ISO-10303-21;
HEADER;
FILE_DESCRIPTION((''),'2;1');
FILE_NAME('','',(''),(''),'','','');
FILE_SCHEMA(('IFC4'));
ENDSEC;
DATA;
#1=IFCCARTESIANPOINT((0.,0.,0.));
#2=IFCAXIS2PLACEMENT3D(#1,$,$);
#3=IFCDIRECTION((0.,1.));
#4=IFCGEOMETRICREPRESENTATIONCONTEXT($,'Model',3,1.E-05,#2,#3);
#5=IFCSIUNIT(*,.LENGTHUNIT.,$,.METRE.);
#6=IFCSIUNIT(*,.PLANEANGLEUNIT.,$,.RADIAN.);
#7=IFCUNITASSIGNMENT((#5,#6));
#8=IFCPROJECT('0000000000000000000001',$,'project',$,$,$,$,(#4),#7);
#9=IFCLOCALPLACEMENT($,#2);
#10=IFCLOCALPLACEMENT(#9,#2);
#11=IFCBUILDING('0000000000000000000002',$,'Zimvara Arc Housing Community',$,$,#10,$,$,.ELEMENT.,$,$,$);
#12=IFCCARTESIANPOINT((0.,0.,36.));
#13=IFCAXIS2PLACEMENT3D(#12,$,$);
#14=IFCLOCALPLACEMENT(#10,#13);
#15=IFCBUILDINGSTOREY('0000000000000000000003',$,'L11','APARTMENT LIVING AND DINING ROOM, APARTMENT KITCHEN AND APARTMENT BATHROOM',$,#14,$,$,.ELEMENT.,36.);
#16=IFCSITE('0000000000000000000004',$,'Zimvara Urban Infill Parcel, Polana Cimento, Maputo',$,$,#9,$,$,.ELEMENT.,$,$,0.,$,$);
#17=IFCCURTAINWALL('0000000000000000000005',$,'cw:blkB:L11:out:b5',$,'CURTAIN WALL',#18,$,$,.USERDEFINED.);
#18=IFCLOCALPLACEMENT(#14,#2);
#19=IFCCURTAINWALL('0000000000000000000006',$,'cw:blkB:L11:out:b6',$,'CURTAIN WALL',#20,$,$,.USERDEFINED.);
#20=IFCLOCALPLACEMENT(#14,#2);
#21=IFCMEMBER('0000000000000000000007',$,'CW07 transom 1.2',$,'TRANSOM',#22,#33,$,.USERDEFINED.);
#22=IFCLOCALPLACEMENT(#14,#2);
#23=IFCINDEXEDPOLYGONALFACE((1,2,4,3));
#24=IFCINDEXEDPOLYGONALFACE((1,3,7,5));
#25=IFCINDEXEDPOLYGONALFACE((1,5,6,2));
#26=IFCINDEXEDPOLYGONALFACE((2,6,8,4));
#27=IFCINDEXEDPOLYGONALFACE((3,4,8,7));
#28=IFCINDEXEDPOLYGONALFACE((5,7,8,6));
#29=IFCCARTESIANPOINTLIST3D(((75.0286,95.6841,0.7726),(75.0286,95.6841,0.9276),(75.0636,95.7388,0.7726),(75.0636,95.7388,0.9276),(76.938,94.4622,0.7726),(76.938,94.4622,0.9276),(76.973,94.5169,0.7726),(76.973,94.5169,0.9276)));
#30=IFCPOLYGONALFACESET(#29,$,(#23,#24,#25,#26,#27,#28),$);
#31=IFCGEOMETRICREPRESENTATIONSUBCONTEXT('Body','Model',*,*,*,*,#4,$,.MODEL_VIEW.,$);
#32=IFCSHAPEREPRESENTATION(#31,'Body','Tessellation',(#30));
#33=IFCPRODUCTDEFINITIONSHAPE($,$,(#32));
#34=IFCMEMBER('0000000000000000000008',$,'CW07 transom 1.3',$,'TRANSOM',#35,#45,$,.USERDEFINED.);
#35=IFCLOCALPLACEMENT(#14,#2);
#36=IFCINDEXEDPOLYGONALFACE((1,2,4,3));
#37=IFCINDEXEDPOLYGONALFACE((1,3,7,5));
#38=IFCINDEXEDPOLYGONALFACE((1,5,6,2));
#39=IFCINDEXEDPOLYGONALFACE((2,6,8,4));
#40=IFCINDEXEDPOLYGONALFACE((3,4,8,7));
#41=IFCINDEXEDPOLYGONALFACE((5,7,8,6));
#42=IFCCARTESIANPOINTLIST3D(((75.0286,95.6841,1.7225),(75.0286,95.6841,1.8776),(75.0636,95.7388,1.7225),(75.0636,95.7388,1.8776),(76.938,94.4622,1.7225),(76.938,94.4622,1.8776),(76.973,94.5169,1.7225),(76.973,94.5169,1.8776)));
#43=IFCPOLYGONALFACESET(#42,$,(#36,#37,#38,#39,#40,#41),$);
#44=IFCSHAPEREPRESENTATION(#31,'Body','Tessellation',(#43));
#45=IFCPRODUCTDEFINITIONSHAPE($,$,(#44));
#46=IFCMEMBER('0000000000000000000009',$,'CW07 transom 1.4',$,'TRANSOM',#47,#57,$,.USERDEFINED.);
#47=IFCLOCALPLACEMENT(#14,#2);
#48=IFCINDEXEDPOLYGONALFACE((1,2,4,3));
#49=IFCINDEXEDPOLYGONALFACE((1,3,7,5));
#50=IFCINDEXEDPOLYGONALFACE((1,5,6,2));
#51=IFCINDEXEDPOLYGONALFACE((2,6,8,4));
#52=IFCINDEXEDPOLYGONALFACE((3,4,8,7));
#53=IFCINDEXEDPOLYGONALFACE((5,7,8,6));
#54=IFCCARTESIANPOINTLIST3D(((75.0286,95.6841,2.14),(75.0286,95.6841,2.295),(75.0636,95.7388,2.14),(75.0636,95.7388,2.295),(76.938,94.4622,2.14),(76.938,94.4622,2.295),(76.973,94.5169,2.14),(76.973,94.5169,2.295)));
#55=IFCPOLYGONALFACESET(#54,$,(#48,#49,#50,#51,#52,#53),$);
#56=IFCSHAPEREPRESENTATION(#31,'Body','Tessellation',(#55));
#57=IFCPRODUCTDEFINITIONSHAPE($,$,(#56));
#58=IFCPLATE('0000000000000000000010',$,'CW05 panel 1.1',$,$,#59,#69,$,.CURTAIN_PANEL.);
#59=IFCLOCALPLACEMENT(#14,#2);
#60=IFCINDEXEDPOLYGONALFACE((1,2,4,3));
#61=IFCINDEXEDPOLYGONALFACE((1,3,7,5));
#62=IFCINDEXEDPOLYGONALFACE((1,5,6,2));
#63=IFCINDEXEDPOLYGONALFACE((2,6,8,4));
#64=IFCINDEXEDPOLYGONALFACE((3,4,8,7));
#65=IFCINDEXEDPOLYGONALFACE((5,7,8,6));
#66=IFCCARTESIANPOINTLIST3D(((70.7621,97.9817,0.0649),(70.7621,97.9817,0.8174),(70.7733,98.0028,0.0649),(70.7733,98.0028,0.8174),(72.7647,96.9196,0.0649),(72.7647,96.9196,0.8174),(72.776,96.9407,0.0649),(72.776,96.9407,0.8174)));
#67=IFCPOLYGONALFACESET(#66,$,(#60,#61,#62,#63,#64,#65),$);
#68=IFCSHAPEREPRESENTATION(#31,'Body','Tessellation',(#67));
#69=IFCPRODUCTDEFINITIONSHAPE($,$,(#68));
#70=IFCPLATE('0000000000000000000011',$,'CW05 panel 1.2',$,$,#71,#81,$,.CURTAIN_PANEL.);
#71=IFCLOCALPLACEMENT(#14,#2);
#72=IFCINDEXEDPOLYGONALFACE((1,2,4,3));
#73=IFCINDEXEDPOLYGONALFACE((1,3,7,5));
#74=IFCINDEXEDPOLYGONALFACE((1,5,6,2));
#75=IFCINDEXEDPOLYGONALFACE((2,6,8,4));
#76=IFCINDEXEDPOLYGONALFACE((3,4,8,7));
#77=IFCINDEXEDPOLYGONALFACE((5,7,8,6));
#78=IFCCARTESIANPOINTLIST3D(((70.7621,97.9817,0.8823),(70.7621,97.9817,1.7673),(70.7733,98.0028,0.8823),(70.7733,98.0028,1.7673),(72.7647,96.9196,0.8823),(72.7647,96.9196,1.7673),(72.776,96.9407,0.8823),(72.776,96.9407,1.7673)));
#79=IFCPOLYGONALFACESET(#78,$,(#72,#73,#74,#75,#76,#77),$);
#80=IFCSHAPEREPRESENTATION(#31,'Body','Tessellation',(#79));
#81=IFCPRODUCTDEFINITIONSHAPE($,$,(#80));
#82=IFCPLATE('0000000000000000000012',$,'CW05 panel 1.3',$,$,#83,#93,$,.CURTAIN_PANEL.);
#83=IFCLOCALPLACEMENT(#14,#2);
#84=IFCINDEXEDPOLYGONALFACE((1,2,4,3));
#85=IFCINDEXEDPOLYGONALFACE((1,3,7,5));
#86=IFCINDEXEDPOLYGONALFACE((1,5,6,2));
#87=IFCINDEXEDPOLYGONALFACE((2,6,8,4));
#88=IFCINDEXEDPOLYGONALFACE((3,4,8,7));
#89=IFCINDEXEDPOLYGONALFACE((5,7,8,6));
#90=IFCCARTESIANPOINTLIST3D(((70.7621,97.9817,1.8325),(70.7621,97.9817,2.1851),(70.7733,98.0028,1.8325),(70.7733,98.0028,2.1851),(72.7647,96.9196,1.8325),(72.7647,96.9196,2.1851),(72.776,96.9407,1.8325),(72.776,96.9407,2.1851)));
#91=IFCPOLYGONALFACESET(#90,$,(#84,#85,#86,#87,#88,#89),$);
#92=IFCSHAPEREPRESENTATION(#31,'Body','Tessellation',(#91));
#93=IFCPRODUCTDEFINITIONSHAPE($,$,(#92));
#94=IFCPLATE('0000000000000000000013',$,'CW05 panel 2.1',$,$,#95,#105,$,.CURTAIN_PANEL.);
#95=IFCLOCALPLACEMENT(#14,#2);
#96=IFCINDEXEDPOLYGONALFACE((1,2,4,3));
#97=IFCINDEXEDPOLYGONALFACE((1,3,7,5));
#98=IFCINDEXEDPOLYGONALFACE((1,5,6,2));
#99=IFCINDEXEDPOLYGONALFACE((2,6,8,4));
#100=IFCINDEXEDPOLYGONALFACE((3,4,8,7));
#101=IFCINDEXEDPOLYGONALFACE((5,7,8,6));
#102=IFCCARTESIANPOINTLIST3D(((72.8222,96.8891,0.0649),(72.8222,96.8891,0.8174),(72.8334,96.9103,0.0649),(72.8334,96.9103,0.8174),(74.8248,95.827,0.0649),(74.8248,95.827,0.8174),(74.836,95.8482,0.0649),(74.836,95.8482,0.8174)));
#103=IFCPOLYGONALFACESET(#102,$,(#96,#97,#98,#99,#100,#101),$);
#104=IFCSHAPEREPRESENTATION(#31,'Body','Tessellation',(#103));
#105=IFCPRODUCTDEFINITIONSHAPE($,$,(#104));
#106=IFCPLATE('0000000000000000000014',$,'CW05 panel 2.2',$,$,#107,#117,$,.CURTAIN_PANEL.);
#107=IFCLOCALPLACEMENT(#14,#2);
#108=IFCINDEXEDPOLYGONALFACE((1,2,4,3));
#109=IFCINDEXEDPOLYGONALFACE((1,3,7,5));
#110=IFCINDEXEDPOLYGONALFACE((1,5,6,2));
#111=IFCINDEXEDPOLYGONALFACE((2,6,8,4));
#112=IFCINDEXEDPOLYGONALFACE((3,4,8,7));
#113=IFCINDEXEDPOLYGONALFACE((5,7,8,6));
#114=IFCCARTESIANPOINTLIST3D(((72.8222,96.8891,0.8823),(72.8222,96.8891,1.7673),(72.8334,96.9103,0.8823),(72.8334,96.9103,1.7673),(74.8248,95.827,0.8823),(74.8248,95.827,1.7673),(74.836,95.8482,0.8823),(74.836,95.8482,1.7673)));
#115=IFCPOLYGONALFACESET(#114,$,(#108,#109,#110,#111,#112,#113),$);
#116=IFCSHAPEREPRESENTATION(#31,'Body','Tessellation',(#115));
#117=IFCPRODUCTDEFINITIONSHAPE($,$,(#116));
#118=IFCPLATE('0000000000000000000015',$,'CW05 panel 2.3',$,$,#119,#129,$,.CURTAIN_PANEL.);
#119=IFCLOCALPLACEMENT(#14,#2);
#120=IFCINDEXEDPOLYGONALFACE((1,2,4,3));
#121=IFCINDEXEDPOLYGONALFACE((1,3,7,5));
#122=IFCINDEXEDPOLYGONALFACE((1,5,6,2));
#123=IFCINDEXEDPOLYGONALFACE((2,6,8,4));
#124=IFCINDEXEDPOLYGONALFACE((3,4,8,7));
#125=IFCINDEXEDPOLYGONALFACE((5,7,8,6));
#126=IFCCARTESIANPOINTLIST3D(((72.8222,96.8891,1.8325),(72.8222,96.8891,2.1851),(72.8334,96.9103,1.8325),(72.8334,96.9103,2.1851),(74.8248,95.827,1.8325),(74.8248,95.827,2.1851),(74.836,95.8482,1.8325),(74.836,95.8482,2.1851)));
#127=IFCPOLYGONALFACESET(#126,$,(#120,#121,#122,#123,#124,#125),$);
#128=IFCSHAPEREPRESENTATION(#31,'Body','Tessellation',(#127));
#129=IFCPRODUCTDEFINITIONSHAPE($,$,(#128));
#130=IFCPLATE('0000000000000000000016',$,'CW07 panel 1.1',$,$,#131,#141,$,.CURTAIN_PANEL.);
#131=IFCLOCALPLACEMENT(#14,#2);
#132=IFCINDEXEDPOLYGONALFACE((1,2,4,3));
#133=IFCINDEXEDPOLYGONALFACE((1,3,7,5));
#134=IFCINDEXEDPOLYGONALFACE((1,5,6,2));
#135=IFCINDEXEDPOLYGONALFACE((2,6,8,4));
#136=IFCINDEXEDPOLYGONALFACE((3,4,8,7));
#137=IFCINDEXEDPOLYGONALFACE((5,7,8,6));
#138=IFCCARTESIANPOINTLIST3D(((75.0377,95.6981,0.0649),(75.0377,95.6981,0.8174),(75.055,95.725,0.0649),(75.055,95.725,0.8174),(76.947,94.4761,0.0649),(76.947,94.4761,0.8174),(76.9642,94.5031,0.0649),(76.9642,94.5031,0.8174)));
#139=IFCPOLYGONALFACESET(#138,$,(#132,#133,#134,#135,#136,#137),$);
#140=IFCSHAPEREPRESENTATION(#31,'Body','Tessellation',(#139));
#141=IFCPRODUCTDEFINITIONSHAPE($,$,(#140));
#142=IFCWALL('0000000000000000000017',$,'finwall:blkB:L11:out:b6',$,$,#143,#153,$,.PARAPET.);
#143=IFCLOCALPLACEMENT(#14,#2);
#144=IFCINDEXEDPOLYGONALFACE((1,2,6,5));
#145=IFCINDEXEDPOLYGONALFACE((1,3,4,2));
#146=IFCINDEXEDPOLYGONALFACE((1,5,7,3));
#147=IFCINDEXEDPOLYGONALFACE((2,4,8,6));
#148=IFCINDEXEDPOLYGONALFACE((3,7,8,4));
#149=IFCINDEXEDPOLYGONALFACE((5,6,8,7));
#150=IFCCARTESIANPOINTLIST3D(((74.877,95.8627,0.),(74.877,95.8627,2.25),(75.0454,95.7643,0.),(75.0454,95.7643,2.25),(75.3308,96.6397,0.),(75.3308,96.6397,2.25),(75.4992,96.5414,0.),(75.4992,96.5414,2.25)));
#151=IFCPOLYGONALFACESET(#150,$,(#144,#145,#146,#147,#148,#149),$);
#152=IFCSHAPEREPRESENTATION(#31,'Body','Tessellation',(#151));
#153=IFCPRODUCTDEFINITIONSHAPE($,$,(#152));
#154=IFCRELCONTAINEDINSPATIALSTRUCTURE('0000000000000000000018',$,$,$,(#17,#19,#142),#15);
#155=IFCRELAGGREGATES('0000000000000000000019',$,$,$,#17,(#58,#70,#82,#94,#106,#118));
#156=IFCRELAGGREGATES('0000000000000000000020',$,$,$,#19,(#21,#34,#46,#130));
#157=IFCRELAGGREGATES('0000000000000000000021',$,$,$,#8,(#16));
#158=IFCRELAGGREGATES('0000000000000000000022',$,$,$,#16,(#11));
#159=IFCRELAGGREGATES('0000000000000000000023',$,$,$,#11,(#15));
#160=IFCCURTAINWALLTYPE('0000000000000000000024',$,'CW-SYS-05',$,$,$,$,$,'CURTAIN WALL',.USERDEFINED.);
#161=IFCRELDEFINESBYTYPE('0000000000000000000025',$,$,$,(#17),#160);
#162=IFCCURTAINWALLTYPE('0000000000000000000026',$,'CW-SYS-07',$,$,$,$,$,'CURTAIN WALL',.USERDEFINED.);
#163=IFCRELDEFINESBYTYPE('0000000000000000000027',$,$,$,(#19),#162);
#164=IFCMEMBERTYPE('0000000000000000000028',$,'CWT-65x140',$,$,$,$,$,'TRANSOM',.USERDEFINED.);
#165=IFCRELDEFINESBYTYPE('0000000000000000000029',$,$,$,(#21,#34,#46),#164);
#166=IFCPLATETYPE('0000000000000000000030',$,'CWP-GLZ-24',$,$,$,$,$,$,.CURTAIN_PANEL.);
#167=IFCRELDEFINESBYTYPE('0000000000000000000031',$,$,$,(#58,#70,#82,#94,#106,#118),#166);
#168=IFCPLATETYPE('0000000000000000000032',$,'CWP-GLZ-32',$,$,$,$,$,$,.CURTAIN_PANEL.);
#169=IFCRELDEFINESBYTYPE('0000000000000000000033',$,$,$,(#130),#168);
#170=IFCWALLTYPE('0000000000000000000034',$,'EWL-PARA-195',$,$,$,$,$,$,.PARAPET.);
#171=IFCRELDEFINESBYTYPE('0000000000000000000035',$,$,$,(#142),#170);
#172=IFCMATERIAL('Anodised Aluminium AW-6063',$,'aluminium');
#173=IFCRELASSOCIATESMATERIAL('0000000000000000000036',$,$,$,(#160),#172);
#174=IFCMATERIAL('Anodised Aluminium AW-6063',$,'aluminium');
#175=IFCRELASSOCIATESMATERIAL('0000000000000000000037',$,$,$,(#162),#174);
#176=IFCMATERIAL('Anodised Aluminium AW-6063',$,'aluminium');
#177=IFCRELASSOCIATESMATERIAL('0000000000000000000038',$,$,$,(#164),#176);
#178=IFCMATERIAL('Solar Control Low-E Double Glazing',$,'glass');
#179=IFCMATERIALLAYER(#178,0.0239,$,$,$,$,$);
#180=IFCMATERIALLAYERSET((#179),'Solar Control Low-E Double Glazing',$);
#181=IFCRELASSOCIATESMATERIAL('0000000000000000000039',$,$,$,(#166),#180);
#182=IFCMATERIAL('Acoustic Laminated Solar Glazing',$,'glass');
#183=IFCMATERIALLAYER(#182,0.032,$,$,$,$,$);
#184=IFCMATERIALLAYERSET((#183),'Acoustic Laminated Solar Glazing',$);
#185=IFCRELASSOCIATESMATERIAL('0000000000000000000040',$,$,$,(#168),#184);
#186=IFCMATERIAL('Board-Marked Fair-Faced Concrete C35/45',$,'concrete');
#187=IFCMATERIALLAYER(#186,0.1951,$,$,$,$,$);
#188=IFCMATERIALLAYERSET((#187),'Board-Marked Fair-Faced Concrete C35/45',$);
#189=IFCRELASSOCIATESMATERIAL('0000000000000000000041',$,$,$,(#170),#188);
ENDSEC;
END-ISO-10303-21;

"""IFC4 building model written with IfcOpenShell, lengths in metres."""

from ifc_helpers import new_model, si_unit, direction, frame, frame_2d, origin, origin_2d, place, context, subcontext, project, spatial, rectangle, extrude, material, layer, layer_set, material_profile, profile_set, type_object, element, aggregate, save


model = new_model("IFC4")

# Units and contexts
model_context = context("Model", 3, precision=1e-05, world=origin(), true_north=direction((0.0, 1.0)))
body_context = subcontext(model_context, "Body", "Model", "MODEL_VIEW")
ifc_project = project(units=[si_unit("LENGTHUNIT", "METRE"), si_unit("PLANEANGLEUNIT", "RADIAN")], contexts=[model_context])

# Site, building, storey
site_placement = place(None, origin())
site = spatial("IfcSite", under=ifc_project, at=site_placement, Name="Zimvara Urban Infill Parcel, Polana Cimento, Maputo", CompositionType="ELEMENT", RefElevation=0.0)
building_placement = place(site_placement, origin())
building = spatial("IfcBuilding", under=site, at=building_placement, Name="Zimvara Arc Housing Community", CompositionType="ELEMENT")
storey_placement = place(building_placement, frame((0.0, 0.0, 36.0)))
storey = spatial("IfcBuildingStorey", under=building, at=storey_placement, Name="L11", Description="APARTMENT LIVING AND DINING ROOM, APARTMENT KITCHEN AND APARTMENT BATHROOM", CompositionType="ELEMENT", Elevation=36.0)

# Curtain wall
ifc_material_1 = material(Name="Anodised Aluminium AW-6063", Category="aluminium")
curtain_wall_type_1 = type_object("IfcCurtainWallType", Name="CW-SYS-05", ElementType="CURTAIN WALL", PredefinedType="USERDEFINED", material=ifc_material_1)
curtain_wall_1_placement = place(storey_placement, origin())
curtain_wall_1 = element("IfcCurtainWall", 1, at=curtain_wall_1_placement, inside=storey, type_object=curtain_wall_type_1, Name="cw:blkB:L11:out:b5", ObjectType="CURTAIN WALL", PredefinedType="USERDEFINED")

# Curtain wall
ifc_material_2 = material(Name="Anodised Aluminium AW-6063", Category="aluminium")
curtain_wall_type_2 = type_object("IfcCurtainWallType", Name="CW-SYS-07", ElementType="CURTAIN WALL", PredefinedType="USERDEFINED", material=ifc_material_2)
curtain_wall_2_placement = place(storey_placement, origin())
curtain_wall_2 = element("IfcCurtainWall", 2, at=curtain_wall_2_placement, inside=storey, type_object=curtain_wall_type_2, Name="cw:blkB:L11:out:b6", ObjectType="CURTAIN WALL", PredefinedType="USERDEFINED")

# Members
ifc_material_3 = material(Name="Anodised Aluminium AW-6063", Category="aluminium")
ifc_material_profile_1 = material_profile(ifc_material_3, rectangle(XDim=0.0649, YDim=0.155, at=origin_2d()), Name="ALU 65x155")
ifc_profile_set_1 = profile_set([ifc_material_profile_1], Name="Anodised Aluminium AW-6063")
member_type_1 = type_object("IfcMemberType", Name="CWT-65x140", ElementType="TRANSOM", PredefinedType="USERDEFINED", material=ifc_profile_set_1)
member_1_placement = place(storey_placement, frame((75.0461, 95.7114, 0.8501), z_axis=(0.842293, -0.53902, 0.0), x_axis=(0.53902, 0.842293, 0.0)))
member_1 = element("IfcMember", 3, at=member_1_placement, type_object=member_type_1, Name="CW07 transom 1.2", ObjectType="TRANSOM", PredefinedType="USERDEFINED", context=body_context, shape_type="SweptSolid", body=[
    extrude(rectangle(XDim=0.0649, YDim=0.155, at=origin_2d()), origin(), (0.0, 0.0, 1.0), 2.2668),
])
member_2_placement = place(storey_placement, frame((75.0461, 95.7114, 1.8), z_axis=(0.842293, -0.53902, 0.0), x_axis=(0.53902, 0.842293, 0.0)))
member_2 = element("IfcMember", 4, at=member_2_placement, type_object=member_type_1, Name="CW07 transom 1.3", ObjectType="TRANSOM", PredefinedType="USERDEFINED", context=body_context, shape_type="SweptSolid", body=[
    extrude(rectangle(XDim=0.0649, YDim=0.155, at=origin_2d()), origin(), (0.0, 0.0, 1.0), 2.2668),
])
member_3_placement = place(storey_placement, frame((75.0461, 95.7114, 2.2175), z_axis=(0.842293, -0.53902, 0.0), x_axis=(0.53902, 0.842293, 0.0)))
member_3 = element("IfcMember", 5, at=member_3_placement, type_object=member_type_1, Name="CW07 transom 1.4", ObjectType="TRANSOM", PredefinedType="USERDEFINED", context=body_context, shape_type="SweptSolid", body=[
    extrude(rectangle(XDim=0.0649, YDim=0.155, at=origin_2d()), origin(), (0.0, 0.0, 1.0), 2.2668),
])

# Plates
ifc_material_4 = material(Name="Solar Control Low-E Double Glazing", Category="glass")
ifc_layer_1 = layer(ifc_material_4, 0.0239)
ifc_layer_set_1 = layer_set([ifc_layer_1], Name="Solar Control Low-E Double Glazing")
plate_type_1 = type_object("IfcPlateType", Name="CWP-GLZ-24", PredefinedType="CURTAIN_PANEL", material=ifc_layer_set_1)
plate_1_placement = place(storey_placement, frame((71.769, 97.4612, 0.0649), z_axis=(0.0, 0.0, 1.0), x_axis=(0.883439, -0.468547, 0.0)))
plate_1 = element("IfcPlate", 6, at=plate_1_placement, type_object=plate_type_1, Name="CW05 panel 1.1", PredefinedType="CURTAIN_PANEL", context=body_context, shape_type="SweptSolid", body=[
    extrude(rectangle(XDim=2.2668, YDim=0.0239, at=origin_2d()), origin(), (0.0, 0.0, 1.0), 0.7524),
])
plate_2_placement = place(storey_placement, frame((71.769, 97.4612, 0.8823), z_axis=(0.0, 0.0, 1.0), x_axis=(0.883439, -0.468547, 0.0)))
plate_2 = element("IfcPlate", 7, at=plate_2_placement, type_object=plate_type_1, Name="CW05 panel 1.2", PredefinedType="CURTAIN_PANEL", context=body_context, shape_type="SweptSolid", body=[
    extrude(rectangle(XDim=2.2668, YDim=0.0239, at=origin_2d()), origin(), (0.0, 0.0, 1.0), 0.885),
])
plate_3_placement = place(storey_placement, frame((71.769, 97.4612, 1.8325), z_axis=(0.0, 0.0, 1.0), x_axis=(0.883439, -0.468547, 0.0)))
plate_3 = element("IfcPlate", 8, at=plate_3_placement, type_object=plate_type_1, Name="CW05 panel 1.3", PredefinedType="CURTAIN_PANEL", context=body_context, shape_type="SweptSolid", body=[
    extrude(rectangle(XDim=2.2668, YDim=0.0239, at=origin_2d()), origin(), (0.0, 0.0, 1.0), 0.3525),
])
plate_4_placement = place(storey_placement, frame((73.8291, 96.3687, 0.0649), z_axis=(0.0, 0.0, 1.0), x_axis=(0.883439, -0.468547, 0.0)))
plate_4 = element("IfcPlate", 9, at=plate_4_placement, type_object=plate_type_1, Name="CW05 panel 2.1", PredefinedType="CURTAIN_PANEL", context=body_context, shape_type="SweptSolid", body=[
    extrude(rectangle(XDim=2.2668, YDim=0.0239, at=origin_2d()), origin(), (0.0, 0.0, 1.0), 0.7524),
])
plate_5_placement = place(storey_placement, frame((73.8291, 96.3687, 0.8823), z_axis=(0.0, 0.0, 1.0), x_axis=(0.883439, -0.468547, 0.0)))
plate_5 = element("IfcPlate", 10, at=plate_5_placement, type_object=plate_type_1, Name="CW05 panel 2.2", PredefinedType="CURTAIN_PANEL", context=body_context, shape_type="SweptSolid", body=[
    extrude(rectangle(XDim=2.2668, YDim=0.0239, at=origin_2d()), origin(), (0.0, 0.0, 1.0), 0.885),
])
plate_6_placement = place(storey_placement, frame((73.8291, 96.3687, 1.8325), z_axis=(0.0, 0.0, 1.0), x_axis=(0.883439, -0.468547, 0.0)))
plate_6 = element("IfcPlate", 11, at=plate_6_placement, type_object=plate_type_1, Name="CW05 panel 2.3", PredefinedType="CURTAIN_PANEL", context=body_context, shape_type="SweptSolid", body=[
    extrude(rectangle(XDim=2.2668, YDim=0.0239, at=origin_2d()), origin(), (0.0, 0.0, 1.0), 0.3525),
])
aggregate(curtain_wall_1, [plate_1, plate_2, plate_3, plate_4, plate_5, plate_6])
ifc_material_5 = material(Name="Acoustic Laminated Solar Glazing", Category="glass")
ifc_layer_2 = layer(ifc_material_5, 0.032)
ifc_layer_set_2 = layer_set([ifc_layer_2], Name="Acoustic Laminated Solar Glazing")
plate_type_2 = type_object("IfcPlateType", Name="CWP-GLZ-32", PredefinedType="CURTAIN_PANEL", material=ifc_layer_set_2)
plate_7_placement = place(storey_placement, frame((76.001, 95.1006, 0.0649), z_axis=(0.0, 0.0, 1.0), x_axis=(0.842264, -0.539065, 0.0)))
plate_7 = element("IfcPlate", 12, at=plate_7_placement, type_object=plate_type_2, Name="CW07 panel 1.1", PredefinedType="CURTAIN_PANEL", context=body_context, shape_type="SweptSolid", body=[
    extrude(rectangle(XDim=2.2668, YDim=0.032, at=origin_2d()), origin(), (0.0, 0.0, 1.0), 0.7524),
])
aggregate(curtain_wall_2, [member_1, member_2, member_3, plate_7])

# Wall
ifc_material_6 = material(Name="Board-Marked Fair-Faced Concrete C35/45", Category="concrete")
ifc_layer_3 = layer(ifc_material_6, 0.1951)
ifc_layer_set_3 = layer_set([ifc_layer_3], Name="Board-Marked Fair-Faced Concrete C35/45")
wall_type = type_object("IfcWallType", Name="EWL-PARA-195", PredefinedType="PARAPET", material=ifc_layer_set_3)
wall_placement = place(storey_placement, frame((74.9612, 95.8135, 0.0), z_axis=(0.0, 0.0, 1.0), x_axis=(0.504326, 0.863513, 0.0)))
element("IfcWall", 13, at=wall_placement, inside=storey, type_object=wall_type, Name="finwall:blkB:L11:out:b6", PredefinedType="PARAPET", context=body_context, shape_type="SweptSolid", body=[
    extrude(rectangle(XDim=0.8999, YDim=0.1951, at=frame_2d((0.45, 0.0))), origin(), (0.0, 0.0, 1.0), 2.25),
])

save(model, "model.ifc")
